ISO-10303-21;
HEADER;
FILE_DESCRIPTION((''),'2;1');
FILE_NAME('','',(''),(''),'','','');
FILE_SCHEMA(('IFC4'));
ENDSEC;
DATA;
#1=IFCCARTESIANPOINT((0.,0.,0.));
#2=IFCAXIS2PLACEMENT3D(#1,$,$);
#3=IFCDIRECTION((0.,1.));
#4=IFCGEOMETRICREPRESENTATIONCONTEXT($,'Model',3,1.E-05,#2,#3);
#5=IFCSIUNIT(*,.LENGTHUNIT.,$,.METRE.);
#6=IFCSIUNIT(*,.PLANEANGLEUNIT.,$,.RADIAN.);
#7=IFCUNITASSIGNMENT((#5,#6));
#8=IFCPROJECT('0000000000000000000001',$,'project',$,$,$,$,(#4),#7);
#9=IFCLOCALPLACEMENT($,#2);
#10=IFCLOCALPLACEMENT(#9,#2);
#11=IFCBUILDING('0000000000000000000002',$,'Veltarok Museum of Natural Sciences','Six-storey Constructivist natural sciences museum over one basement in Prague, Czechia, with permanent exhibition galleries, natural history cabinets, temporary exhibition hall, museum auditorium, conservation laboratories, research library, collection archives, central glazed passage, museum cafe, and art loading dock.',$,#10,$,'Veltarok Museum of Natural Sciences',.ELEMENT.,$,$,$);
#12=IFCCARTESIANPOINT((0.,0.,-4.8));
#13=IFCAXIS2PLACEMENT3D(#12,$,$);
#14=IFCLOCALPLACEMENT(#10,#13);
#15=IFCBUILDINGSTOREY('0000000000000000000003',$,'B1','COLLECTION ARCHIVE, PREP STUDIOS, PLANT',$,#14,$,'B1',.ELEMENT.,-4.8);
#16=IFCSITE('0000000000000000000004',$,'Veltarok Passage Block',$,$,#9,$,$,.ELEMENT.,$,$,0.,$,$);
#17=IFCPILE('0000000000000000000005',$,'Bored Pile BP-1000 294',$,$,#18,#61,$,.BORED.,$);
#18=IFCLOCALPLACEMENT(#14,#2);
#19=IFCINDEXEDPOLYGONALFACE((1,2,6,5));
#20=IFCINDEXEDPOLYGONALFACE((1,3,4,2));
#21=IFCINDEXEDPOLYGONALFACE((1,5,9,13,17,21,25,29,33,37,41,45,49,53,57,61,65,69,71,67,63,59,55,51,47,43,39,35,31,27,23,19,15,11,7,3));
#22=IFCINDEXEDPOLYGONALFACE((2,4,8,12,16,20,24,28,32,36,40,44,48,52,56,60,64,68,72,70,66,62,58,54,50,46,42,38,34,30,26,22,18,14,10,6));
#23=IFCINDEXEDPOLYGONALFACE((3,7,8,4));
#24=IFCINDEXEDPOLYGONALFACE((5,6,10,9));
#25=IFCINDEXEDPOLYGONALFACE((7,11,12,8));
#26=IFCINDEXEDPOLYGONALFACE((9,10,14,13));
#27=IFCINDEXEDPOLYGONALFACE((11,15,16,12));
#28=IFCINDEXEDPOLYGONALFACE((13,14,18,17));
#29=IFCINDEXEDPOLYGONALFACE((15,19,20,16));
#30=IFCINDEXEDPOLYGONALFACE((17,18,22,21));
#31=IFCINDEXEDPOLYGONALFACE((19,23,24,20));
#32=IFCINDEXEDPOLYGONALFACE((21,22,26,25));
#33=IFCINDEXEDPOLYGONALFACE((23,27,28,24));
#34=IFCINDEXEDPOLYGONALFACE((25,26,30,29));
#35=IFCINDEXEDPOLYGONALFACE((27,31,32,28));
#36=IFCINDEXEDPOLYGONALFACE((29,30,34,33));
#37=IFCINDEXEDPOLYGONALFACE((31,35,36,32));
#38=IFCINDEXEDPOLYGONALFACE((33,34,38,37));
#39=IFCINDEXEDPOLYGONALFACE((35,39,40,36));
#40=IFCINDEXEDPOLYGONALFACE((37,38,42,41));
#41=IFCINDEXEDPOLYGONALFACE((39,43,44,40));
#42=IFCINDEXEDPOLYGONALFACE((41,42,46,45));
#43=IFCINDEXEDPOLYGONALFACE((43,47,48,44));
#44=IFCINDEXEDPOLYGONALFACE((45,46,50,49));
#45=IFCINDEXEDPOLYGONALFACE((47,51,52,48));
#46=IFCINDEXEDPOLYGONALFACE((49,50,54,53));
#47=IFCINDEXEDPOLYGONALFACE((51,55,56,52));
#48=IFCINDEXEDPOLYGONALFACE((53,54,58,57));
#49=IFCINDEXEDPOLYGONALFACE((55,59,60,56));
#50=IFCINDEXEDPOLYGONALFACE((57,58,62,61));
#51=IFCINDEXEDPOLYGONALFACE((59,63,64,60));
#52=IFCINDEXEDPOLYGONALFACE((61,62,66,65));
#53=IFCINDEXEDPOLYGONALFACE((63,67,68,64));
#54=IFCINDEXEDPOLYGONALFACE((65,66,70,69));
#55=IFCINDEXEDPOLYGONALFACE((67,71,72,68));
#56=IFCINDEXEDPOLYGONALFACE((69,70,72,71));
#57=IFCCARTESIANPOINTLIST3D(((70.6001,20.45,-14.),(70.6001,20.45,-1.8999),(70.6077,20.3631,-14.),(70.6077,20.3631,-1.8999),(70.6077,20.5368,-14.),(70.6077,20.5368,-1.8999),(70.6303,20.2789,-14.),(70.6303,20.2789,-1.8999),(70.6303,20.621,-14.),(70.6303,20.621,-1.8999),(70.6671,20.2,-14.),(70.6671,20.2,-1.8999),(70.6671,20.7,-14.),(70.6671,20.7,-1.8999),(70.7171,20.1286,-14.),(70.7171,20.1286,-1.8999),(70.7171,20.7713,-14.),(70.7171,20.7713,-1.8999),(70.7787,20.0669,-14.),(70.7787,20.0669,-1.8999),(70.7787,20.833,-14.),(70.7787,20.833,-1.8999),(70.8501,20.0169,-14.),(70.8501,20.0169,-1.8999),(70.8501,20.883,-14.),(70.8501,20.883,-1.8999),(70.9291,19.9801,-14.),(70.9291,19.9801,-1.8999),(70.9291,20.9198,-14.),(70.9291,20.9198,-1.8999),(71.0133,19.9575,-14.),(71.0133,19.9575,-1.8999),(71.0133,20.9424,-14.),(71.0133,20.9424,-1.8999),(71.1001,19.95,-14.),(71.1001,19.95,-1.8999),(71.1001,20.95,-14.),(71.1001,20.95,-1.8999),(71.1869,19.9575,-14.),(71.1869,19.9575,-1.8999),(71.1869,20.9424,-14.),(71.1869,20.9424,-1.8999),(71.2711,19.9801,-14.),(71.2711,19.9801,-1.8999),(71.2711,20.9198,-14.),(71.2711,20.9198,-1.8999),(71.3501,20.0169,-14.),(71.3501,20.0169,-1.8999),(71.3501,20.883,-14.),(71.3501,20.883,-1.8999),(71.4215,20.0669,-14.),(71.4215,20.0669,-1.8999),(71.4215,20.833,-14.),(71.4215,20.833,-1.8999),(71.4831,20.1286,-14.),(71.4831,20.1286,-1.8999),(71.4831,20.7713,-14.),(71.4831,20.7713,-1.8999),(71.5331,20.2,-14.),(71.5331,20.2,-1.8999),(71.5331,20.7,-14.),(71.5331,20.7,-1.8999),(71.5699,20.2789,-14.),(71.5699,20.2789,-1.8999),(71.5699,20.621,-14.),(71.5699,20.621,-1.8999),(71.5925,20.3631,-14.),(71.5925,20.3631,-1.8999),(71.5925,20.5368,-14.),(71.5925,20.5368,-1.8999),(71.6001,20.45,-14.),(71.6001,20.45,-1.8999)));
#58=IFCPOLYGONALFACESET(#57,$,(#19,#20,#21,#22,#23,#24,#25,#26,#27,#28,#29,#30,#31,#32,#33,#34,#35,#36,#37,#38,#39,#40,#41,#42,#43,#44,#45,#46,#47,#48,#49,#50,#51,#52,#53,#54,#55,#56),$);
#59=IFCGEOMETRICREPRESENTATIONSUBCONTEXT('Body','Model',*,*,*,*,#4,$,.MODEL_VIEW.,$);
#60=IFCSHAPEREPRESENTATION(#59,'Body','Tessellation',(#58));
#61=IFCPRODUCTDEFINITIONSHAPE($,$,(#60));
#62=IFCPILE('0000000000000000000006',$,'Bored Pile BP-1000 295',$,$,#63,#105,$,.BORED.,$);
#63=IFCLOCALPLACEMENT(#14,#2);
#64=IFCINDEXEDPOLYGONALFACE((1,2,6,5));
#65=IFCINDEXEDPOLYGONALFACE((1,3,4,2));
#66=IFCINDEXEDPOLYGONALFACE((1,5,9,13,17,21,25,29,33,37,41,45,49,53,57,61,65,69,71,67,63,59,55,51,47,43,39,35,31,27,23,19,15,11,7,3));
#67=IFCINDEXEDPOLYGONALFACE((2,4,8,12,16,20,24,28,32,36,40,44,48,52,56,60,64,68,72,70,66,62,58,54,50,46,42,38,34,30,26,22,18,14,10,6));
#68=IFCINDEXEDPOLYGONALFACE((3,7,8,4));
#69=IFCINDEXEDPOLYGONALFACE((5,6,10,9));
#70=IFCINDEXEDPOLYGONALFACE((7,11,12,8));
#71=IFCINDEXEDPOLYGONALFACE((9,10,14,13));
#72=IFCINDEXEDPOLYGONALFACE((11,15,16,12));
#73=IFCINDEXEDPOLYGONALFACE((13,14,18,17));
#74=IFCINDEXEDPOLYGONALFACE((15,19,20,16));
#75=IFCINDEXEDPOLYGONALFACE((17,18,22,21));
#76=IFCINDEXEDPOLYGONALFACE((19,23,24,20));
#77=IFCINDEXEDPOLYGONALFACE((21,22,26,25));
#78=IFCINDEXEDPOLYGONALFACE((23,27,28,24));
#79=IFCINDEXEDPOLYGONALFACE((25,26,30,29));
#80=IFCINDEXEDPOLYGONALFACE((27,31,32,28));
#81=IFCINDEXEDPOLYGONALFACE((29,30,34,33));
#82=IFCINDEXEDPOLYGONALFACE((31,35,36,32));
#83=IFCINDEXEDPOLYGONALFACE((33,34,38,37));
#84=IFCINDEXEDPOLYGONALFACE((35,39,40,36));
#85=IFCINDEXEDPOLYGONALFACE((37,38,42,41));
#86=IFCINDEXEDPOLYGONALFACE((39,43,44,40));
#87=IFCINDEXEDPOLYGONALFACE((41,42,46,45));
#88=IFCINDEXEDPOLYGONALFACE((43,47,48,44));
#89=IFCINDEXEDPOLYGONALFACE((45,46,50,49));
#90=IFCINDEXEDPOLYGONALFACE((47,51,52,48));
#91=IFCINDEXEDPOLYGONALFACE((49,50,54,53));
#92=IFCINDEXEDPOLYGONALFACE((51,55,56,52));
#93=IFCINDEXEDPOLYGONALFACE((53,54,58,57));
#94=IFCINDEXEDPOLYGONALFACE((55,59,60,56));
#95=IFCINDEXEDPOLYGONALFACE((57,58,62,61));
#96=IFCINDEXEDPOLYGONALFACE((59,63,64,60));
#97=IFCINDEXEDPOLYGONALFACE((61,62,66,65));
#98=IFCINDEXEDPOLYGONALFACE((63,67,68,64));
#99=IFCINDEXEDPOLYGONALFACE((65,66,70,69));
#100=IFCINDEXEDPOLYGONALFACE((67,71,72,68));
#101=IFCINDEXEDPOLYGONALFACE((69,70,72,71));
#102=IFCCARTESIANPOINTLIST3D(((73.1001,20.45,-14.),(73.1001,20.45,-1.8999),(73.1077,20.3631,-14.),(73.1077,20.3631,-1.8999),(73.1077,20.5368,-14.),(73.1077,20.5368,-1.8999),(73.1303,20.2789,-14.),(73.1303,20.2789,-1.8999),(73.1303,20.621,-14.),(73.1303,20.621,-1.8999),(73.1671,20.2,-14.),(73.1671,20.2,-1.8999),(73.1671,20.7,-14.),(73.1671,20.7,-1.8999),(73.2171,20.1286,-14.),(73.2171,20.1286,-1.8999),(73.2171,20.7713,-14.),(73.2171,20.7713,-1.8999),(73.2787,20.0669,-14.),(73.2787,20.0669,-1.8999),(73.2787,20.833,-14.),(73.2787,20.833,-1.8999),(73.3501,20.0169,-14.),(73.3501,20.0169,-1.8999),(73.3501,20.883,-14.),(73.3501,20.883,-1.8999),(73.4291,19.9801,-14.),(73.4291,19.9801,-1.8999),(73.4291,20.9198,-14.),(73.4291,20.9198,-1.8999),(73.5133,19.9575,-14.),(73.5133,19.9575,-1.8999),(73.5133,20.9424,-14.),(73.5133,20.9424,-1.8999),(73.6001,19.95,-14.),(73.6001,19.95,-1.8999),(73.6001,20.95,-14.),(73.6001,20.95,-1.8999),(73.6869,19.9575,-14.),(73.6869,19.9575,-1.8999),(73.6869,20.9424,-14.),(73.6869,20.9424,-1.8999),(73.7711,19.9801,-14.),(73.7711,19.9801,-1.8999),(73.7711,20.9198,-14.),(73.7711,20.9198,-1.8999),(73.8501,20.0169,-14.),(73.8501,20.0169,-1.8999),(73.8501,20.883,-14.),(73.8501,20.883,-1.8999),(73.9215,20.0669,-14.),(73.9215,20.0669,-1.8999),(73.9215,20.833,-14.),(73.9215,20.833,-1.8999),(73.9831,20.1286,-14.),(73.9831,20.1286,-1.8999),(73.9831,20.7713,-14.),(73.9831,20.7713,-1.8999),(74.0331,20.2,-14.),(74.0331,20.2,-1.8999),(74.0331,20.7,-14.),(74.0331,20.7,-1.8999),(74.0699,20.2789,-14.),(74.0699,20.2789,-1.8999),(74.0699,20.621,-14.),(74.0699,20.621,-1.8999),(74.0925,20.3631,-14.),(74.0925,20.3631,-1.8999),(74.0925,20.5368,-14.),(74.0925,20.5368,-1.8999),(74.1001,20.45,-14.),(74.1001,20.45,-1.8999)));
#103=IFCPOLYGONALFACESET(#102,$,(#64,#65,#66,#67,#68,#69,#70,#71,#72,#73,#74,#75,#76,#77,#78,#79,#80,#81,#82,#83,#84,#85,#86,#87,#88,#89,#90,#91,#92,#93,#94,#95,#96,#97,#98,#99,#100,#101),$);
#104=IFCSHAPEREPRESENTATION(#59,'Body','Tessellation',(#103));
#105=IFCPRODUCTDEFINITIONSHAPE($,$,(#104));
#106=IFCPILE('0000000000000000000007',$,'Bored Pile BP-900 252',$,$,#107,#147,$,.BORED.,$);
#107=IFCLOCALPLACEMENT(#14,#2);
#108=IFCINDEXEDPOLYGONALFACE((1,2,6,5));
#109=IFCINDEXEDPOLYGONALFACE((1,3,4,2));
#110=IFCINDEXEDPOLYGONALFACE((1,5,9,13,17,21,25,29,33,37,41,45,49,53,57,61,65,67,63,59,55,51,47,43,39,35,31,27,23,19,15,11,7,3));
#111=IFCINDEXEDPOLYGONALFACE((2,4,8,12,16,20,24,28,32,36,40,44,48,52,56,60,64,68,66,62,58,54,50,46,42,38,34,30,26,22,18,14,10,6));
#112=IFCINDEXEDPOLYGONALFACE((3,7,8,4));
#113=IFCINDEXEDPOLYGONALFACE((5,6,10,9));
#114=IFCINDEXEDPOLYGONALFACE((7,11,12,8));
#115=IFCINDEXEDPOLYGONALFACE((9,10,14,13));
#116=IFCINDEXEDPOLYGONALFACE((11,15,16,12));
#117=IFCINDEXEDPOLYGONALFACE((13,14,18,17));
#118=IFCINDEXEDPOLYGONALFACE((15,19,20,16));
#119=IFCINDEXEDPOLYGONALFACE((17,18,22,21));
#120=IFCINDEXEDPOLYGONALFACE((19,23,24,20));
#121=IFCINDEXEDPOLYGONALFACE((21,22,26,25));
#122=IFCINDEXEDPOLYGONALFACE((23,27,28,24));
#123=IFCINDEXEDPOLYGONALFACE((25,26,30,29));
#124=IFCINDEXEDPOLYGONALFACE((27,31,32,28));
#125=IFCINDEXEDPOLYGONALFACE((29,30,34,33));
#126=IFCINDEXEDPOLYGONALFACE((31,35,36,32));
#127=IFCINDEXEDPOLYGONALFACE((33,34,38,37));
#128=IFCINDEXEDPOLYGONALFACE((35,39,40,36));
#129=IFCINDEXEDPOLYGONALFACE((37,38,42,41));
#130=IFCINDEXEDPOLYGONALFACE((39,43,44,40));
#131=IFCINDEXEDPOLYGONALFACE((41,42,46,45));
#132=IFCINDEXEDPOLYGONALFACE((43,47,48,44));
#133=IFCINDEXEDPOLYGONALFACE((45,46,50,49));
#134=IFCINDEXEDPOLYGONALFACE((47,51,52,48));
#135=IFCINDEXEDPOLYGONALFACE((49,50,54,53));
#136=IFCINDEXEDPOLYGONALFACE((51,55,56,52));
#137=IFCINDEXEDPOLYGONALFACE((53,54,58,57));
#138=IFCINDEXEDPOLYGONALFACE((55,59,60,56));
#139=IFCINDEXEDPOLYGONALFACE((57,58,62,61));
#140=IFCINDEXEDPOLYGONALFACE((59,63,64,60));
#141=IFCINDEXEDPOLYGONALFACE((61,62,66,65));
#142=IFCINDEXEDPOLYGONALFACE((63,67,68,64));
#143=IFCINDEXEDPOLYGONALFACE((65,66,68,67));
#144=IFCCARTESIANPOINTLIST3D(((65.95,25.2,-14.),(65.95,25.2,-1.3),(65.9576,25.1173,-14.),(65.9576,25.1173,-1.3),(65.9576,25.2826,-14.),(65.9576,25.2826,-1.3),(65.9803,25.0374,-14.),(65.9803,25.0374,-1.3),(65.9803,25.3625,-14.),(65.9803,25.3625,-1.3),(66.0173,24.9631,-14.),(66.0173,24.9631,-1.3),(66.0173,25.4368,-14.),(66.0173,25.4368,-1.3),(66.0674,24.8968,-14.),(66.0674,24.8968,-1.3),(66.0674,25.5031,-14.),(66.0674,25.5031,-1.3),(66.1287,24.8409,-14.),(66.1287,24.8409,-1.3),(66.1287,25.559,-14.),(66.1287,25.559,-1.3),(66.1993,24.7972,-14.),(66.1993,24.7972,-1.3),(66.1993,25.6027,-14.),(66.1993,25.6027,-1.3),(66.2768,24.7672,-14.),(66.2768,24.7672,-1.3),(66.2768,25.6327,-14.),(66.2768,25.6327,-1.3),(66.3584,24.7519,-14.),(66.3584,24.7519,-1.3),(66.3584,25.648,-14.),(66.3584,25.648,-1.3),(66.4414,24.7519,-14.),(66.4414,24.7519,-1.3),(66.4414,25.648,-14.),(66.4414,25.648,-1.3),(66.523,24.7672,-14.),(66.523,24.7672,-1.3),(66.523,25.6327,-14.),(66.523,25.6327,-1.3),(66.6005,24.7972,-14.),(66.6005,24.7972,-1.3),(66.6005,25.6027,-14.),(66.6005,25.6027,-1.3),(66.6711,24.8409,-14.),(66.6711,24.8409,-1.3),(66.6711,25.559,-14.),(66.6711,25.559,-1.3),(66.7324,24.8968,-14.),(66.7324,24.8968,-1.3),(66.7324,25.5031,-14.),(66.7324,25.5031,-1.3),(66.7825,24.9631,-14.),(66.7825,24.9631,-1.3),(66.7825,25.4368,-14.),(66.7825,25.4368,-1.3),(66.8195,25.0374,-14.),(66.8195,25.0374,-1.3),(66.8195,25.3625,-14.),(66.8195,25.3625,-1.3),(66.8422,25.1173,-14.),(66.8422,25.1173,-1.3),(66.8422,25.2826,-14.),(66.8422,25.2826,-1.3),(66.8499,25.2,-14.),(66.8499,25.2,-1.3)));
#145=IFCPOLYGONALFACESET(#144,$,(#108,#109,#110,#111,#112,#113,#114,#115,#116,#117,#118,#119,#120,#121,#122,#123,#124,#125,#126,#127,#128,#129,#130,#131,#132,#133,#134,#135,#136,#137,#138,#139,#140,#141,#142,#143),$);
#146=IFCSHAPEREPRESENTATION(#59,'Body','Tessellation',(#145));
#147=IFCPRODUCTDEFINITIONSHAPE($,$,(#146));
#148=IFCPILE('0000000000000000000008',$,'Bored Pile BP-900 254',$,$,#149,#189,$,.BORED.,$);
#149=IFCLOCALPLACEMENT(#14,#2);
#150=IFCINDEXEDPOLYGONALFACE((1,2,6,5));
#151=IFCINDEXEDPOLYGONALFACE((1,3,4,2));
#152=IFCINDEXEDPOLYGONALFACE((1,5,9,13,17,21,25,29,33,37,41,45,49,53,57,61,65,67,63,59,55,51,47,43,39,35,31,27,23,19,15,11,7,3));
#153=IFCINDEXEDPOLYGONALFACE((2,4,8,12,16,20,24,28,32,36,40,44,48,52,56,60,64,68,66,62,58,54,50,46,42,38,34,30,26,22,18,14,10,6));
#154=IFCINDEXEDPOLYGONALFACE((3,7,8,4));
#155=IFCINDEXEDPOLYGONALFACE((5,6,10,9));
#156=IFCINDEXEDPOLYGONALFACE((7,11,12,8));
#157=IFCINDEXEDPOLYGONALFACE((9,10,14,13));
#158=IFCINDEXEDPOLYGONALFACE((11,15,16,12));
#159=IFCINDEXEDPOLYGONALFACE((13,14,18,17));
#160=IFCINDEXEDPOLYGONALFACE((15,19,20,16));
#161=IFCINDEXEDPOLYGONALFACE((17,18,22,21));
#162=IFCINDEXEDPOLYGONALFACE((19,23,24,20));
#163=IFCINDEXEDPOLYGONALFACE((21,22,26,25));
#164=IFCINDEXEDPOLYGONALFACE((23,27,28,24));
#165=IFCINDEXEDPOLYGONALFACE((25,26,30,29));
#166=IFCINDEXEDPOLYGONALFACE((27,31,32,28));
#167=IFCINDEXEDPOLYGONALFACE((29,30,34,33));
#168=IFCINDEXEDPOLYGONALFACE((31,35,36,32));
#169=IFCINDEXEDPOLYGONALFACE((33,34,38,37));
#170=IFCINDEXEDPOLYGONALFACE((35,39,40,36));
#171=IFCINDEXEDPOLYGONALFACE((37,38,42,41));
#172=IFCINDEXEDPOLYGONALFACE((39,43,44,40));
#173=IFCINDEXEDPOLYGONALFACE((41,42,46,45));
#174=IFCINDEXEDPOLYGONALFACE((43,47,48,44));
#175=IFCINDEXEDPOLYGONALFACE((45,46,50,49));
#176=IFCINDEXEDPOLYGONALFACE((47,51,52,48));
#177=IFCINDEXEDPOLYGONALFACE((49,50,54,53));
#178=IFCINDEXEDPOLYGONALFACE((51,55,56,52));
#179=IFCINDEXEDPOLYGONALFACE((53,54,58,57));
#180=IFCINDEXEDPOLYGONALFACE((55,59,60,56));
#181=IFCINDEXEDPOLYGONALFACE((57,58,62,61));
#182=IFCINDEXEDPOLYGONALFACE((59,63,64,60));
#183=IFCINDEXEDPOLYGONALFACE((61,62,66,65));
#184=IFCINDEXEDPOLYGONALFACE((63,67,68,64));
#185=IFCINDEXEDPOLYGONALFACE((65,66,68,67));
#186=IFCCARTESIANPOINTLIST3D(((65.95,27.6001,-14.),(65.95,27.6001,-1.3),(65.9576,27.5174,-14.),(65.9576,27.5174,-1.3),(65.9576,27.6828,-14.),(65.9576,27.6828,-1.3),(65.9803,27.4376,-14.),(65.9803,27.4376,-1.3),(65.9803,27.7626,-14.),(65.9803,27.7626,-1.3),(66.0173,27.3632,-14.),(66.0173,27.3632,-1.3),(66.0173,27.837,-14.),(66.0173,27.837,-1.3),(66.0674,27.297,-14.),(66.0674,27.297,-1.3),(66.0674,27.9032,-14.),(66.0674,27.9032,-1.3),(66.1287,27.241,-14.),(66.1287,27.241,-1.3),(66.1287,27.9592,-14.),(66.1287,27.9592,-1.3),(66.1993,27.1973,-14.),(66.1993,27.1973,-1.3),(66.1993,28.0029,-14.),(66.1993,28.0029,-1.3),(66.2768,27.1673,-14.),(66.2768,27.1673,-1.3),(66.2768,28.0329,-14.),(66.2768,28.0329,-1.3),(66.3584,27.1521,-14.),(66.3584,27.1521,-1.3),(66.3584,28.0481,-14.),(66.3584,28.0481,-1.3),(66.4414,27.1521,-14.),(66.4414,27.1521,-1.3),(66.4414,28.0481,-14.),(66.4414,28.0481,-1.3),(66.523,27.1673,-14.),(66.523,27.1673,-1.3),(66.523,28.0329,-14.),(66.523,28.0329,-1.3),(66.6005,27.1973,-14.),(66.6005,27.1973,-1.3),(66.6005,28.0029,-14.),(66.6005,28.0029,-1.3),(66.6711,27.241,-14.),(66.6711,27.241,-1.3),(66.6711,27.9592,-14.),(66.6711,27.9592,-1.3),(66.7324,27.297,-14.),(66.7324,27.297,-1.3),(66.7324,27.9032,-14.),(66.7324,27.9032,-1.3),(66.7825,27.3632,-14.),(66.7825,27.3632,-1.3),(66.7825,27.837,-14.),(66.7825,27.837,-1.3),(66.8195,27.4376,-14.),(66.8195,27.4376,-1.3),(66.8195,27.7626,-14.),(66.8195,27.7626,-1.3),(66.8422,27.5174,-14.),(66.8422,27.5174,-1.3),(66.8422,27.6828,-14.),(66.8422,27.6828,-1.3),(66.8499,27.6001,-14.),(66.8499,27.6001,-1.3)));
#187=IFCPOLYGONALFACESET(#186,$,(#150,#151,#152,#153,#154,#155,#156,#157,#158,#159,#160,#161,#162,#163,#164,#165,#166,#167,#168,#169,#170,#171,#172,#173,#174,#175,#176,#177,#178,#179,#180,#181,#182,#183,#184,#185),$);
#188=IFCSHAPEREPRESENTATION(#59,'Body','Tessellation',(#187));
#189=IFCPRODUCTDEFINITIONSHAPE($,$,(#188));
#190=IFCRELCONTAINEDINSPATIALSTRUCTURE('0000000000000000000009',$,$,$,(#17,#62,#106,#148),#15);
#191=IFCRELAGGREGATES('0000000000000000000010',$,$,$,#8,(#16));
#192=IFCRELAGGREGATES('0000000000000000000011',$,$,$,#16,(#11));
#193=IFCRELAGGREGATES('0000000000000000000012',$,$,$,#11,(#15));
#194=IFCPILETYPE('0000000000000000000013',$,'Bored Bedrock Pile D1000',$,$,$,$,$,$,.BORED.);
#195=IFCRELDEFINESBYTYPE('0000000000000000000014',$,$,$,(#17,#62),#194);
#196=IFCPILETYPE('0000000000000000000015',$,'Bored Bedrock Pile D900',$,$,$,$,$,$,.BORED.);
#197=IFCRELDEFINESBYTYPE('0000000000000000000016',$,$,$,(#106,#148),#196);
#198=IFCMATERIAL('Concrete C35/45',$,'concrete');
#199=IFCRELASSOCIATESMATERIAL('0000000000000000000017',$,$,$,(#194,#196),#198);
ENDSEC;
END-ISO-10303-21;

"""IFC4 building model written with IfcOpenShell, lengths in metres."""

from ifc_helpers import new_model, si_unit, direction, frame, origin, origin_2d, place, context, subcontext, project, spatial, circle, extrude, material, material_profile, profile_set, type_object, element, save


model = new_model("IFC4")

# Units and contexts
model_context = context("Model", 3, precision=1e-05, world=origin(), true_north=direction((0.0, 1.0)))
body_context = subcontext(model_context, "Body", "Model", "MODEL_VIEW")
ifc_project = project(units=[si_unit("LENGTHUNIT", "METRE"), si_unit("PLANEANGLEUNIT", "RADIAN")], contexts=[model_context])

# Site, building, storey
site_placement = place(None, origin())
site = spatial("IfcSite", under=ifc_project, at=site_placement, Name="Veltarok Passage Block", CompositionType="ELEMENT", RefElevation=0.0)
building_placement = place(site_placement, origin())
building = spatial("IfcBuilding", under=site, at=building_placement, Name="Veltarok Museum of Natural Sciences", Description="Six-storey Constructivist natural sciences museum over one basement in Prague, Czechia, with permanent exhibition galleries, natural history cabinets, temporary exhibition hall, museum auditorium, conservation laboratories, research library, collection archives, central glazed passage, museum cafe, and art loading dock.", LongName="Veltarok Museum of Natural Sciences", CompositionType="ELEMENT")
storey_placement = place(building_placement, frame((0.0, 0.0, -4.8)))
storey = spatial("IfcBuildingStorey", under=building, at=storey_placement, Name="B1", Description="COLLECTION ARCHIVE, PREP STUDIOS, PLANT", LongName="B1", CompositionType="ELEMENT", Elevation=-4.8)

# Piles
ifc_material_1 = material(Name="Concrete C35/45", Category="concrete")
ifc_material_profile_1 = material_profile(ifc_material_1, circle(Radius=0.5, at=origin_2d()), Name="BP D1000")
ifc_profile_set_1 = profile_set([ifc_material_profile_1], Name="Concrete C35/45")
pile_type_1 = type_object("IfcPileType", Name="Bored Bedrock Pile D1000", PredefinedType="BORED", material=ifc_profile_set_1)
for number, where, z_axis, x_axis, name in (
    (1, (71.1001, 20.45, -1.8999), (0.0, 0.0, -1.0), (1.0, 0.0, 0.0), "Bored Pile BP-1000 294"),
    (2, (73.6001, 20.45, -1.8999), (0.0, 0.0, -1.0), (1.0, 0.0, 0.0), "Bored Pile BP-1000 295"),
):
    element("IfcPile", number, at=place(storey_placement, frame(where, z_axis=z_axis, x_axis=x_axis)), inside=storey, type_object=pile_type_1, Name=name, PredefinedType="BORED", context=body_context, shape_type="SweptSolid", body=[
        extrude(circle(Radius=0.5, at=origin_2d()), origin(), (0.0, 0.0, 1.0), 12.1001),
    ])
ifc_material_profile_2 = material_profile(ifc_material_1, circle(Radius=0.45, at=origin_2d()), Name="BP D900")
ifc_profile_set_2 = profile_set([ifc_material_profile_2], Name="Concrete C35/45")
pile_type_2 = type_object("IfcPileType", Name="Bored Bedrock Pile D900", PredefinedType="BORED", material=ifc_profile_set_2)
for number, where, z_axis, x_axis, name in (
    (3, (66.3999, 25.2, -1.3), (0.0, 0.0, -1.0), (1.0, 0.0, 0.0), "Bored Pile BP-900 252"),
    (4, (66.3999, 27.6001, -1.3), (0.0, 0.0, -1.0), (1.0, 0.0, 0.0), "Bored Pile BP-900 254"),
):
    element("IfcPile", number, at=place(storey_placement, frame(where, z_axis=z_axis, x_axis=x_axis)), inside=storey, type_object=pile_type_2, Name=name, PredefinedType="BORED", context=body_context, shape_type="SweptSolid", body=[
        extrude(circle(Radius=0.45, at=origin_2d()), origin(), (0.0, 0.0, 1.0), 12.7),
    ])

save(model, "model.ifc")
